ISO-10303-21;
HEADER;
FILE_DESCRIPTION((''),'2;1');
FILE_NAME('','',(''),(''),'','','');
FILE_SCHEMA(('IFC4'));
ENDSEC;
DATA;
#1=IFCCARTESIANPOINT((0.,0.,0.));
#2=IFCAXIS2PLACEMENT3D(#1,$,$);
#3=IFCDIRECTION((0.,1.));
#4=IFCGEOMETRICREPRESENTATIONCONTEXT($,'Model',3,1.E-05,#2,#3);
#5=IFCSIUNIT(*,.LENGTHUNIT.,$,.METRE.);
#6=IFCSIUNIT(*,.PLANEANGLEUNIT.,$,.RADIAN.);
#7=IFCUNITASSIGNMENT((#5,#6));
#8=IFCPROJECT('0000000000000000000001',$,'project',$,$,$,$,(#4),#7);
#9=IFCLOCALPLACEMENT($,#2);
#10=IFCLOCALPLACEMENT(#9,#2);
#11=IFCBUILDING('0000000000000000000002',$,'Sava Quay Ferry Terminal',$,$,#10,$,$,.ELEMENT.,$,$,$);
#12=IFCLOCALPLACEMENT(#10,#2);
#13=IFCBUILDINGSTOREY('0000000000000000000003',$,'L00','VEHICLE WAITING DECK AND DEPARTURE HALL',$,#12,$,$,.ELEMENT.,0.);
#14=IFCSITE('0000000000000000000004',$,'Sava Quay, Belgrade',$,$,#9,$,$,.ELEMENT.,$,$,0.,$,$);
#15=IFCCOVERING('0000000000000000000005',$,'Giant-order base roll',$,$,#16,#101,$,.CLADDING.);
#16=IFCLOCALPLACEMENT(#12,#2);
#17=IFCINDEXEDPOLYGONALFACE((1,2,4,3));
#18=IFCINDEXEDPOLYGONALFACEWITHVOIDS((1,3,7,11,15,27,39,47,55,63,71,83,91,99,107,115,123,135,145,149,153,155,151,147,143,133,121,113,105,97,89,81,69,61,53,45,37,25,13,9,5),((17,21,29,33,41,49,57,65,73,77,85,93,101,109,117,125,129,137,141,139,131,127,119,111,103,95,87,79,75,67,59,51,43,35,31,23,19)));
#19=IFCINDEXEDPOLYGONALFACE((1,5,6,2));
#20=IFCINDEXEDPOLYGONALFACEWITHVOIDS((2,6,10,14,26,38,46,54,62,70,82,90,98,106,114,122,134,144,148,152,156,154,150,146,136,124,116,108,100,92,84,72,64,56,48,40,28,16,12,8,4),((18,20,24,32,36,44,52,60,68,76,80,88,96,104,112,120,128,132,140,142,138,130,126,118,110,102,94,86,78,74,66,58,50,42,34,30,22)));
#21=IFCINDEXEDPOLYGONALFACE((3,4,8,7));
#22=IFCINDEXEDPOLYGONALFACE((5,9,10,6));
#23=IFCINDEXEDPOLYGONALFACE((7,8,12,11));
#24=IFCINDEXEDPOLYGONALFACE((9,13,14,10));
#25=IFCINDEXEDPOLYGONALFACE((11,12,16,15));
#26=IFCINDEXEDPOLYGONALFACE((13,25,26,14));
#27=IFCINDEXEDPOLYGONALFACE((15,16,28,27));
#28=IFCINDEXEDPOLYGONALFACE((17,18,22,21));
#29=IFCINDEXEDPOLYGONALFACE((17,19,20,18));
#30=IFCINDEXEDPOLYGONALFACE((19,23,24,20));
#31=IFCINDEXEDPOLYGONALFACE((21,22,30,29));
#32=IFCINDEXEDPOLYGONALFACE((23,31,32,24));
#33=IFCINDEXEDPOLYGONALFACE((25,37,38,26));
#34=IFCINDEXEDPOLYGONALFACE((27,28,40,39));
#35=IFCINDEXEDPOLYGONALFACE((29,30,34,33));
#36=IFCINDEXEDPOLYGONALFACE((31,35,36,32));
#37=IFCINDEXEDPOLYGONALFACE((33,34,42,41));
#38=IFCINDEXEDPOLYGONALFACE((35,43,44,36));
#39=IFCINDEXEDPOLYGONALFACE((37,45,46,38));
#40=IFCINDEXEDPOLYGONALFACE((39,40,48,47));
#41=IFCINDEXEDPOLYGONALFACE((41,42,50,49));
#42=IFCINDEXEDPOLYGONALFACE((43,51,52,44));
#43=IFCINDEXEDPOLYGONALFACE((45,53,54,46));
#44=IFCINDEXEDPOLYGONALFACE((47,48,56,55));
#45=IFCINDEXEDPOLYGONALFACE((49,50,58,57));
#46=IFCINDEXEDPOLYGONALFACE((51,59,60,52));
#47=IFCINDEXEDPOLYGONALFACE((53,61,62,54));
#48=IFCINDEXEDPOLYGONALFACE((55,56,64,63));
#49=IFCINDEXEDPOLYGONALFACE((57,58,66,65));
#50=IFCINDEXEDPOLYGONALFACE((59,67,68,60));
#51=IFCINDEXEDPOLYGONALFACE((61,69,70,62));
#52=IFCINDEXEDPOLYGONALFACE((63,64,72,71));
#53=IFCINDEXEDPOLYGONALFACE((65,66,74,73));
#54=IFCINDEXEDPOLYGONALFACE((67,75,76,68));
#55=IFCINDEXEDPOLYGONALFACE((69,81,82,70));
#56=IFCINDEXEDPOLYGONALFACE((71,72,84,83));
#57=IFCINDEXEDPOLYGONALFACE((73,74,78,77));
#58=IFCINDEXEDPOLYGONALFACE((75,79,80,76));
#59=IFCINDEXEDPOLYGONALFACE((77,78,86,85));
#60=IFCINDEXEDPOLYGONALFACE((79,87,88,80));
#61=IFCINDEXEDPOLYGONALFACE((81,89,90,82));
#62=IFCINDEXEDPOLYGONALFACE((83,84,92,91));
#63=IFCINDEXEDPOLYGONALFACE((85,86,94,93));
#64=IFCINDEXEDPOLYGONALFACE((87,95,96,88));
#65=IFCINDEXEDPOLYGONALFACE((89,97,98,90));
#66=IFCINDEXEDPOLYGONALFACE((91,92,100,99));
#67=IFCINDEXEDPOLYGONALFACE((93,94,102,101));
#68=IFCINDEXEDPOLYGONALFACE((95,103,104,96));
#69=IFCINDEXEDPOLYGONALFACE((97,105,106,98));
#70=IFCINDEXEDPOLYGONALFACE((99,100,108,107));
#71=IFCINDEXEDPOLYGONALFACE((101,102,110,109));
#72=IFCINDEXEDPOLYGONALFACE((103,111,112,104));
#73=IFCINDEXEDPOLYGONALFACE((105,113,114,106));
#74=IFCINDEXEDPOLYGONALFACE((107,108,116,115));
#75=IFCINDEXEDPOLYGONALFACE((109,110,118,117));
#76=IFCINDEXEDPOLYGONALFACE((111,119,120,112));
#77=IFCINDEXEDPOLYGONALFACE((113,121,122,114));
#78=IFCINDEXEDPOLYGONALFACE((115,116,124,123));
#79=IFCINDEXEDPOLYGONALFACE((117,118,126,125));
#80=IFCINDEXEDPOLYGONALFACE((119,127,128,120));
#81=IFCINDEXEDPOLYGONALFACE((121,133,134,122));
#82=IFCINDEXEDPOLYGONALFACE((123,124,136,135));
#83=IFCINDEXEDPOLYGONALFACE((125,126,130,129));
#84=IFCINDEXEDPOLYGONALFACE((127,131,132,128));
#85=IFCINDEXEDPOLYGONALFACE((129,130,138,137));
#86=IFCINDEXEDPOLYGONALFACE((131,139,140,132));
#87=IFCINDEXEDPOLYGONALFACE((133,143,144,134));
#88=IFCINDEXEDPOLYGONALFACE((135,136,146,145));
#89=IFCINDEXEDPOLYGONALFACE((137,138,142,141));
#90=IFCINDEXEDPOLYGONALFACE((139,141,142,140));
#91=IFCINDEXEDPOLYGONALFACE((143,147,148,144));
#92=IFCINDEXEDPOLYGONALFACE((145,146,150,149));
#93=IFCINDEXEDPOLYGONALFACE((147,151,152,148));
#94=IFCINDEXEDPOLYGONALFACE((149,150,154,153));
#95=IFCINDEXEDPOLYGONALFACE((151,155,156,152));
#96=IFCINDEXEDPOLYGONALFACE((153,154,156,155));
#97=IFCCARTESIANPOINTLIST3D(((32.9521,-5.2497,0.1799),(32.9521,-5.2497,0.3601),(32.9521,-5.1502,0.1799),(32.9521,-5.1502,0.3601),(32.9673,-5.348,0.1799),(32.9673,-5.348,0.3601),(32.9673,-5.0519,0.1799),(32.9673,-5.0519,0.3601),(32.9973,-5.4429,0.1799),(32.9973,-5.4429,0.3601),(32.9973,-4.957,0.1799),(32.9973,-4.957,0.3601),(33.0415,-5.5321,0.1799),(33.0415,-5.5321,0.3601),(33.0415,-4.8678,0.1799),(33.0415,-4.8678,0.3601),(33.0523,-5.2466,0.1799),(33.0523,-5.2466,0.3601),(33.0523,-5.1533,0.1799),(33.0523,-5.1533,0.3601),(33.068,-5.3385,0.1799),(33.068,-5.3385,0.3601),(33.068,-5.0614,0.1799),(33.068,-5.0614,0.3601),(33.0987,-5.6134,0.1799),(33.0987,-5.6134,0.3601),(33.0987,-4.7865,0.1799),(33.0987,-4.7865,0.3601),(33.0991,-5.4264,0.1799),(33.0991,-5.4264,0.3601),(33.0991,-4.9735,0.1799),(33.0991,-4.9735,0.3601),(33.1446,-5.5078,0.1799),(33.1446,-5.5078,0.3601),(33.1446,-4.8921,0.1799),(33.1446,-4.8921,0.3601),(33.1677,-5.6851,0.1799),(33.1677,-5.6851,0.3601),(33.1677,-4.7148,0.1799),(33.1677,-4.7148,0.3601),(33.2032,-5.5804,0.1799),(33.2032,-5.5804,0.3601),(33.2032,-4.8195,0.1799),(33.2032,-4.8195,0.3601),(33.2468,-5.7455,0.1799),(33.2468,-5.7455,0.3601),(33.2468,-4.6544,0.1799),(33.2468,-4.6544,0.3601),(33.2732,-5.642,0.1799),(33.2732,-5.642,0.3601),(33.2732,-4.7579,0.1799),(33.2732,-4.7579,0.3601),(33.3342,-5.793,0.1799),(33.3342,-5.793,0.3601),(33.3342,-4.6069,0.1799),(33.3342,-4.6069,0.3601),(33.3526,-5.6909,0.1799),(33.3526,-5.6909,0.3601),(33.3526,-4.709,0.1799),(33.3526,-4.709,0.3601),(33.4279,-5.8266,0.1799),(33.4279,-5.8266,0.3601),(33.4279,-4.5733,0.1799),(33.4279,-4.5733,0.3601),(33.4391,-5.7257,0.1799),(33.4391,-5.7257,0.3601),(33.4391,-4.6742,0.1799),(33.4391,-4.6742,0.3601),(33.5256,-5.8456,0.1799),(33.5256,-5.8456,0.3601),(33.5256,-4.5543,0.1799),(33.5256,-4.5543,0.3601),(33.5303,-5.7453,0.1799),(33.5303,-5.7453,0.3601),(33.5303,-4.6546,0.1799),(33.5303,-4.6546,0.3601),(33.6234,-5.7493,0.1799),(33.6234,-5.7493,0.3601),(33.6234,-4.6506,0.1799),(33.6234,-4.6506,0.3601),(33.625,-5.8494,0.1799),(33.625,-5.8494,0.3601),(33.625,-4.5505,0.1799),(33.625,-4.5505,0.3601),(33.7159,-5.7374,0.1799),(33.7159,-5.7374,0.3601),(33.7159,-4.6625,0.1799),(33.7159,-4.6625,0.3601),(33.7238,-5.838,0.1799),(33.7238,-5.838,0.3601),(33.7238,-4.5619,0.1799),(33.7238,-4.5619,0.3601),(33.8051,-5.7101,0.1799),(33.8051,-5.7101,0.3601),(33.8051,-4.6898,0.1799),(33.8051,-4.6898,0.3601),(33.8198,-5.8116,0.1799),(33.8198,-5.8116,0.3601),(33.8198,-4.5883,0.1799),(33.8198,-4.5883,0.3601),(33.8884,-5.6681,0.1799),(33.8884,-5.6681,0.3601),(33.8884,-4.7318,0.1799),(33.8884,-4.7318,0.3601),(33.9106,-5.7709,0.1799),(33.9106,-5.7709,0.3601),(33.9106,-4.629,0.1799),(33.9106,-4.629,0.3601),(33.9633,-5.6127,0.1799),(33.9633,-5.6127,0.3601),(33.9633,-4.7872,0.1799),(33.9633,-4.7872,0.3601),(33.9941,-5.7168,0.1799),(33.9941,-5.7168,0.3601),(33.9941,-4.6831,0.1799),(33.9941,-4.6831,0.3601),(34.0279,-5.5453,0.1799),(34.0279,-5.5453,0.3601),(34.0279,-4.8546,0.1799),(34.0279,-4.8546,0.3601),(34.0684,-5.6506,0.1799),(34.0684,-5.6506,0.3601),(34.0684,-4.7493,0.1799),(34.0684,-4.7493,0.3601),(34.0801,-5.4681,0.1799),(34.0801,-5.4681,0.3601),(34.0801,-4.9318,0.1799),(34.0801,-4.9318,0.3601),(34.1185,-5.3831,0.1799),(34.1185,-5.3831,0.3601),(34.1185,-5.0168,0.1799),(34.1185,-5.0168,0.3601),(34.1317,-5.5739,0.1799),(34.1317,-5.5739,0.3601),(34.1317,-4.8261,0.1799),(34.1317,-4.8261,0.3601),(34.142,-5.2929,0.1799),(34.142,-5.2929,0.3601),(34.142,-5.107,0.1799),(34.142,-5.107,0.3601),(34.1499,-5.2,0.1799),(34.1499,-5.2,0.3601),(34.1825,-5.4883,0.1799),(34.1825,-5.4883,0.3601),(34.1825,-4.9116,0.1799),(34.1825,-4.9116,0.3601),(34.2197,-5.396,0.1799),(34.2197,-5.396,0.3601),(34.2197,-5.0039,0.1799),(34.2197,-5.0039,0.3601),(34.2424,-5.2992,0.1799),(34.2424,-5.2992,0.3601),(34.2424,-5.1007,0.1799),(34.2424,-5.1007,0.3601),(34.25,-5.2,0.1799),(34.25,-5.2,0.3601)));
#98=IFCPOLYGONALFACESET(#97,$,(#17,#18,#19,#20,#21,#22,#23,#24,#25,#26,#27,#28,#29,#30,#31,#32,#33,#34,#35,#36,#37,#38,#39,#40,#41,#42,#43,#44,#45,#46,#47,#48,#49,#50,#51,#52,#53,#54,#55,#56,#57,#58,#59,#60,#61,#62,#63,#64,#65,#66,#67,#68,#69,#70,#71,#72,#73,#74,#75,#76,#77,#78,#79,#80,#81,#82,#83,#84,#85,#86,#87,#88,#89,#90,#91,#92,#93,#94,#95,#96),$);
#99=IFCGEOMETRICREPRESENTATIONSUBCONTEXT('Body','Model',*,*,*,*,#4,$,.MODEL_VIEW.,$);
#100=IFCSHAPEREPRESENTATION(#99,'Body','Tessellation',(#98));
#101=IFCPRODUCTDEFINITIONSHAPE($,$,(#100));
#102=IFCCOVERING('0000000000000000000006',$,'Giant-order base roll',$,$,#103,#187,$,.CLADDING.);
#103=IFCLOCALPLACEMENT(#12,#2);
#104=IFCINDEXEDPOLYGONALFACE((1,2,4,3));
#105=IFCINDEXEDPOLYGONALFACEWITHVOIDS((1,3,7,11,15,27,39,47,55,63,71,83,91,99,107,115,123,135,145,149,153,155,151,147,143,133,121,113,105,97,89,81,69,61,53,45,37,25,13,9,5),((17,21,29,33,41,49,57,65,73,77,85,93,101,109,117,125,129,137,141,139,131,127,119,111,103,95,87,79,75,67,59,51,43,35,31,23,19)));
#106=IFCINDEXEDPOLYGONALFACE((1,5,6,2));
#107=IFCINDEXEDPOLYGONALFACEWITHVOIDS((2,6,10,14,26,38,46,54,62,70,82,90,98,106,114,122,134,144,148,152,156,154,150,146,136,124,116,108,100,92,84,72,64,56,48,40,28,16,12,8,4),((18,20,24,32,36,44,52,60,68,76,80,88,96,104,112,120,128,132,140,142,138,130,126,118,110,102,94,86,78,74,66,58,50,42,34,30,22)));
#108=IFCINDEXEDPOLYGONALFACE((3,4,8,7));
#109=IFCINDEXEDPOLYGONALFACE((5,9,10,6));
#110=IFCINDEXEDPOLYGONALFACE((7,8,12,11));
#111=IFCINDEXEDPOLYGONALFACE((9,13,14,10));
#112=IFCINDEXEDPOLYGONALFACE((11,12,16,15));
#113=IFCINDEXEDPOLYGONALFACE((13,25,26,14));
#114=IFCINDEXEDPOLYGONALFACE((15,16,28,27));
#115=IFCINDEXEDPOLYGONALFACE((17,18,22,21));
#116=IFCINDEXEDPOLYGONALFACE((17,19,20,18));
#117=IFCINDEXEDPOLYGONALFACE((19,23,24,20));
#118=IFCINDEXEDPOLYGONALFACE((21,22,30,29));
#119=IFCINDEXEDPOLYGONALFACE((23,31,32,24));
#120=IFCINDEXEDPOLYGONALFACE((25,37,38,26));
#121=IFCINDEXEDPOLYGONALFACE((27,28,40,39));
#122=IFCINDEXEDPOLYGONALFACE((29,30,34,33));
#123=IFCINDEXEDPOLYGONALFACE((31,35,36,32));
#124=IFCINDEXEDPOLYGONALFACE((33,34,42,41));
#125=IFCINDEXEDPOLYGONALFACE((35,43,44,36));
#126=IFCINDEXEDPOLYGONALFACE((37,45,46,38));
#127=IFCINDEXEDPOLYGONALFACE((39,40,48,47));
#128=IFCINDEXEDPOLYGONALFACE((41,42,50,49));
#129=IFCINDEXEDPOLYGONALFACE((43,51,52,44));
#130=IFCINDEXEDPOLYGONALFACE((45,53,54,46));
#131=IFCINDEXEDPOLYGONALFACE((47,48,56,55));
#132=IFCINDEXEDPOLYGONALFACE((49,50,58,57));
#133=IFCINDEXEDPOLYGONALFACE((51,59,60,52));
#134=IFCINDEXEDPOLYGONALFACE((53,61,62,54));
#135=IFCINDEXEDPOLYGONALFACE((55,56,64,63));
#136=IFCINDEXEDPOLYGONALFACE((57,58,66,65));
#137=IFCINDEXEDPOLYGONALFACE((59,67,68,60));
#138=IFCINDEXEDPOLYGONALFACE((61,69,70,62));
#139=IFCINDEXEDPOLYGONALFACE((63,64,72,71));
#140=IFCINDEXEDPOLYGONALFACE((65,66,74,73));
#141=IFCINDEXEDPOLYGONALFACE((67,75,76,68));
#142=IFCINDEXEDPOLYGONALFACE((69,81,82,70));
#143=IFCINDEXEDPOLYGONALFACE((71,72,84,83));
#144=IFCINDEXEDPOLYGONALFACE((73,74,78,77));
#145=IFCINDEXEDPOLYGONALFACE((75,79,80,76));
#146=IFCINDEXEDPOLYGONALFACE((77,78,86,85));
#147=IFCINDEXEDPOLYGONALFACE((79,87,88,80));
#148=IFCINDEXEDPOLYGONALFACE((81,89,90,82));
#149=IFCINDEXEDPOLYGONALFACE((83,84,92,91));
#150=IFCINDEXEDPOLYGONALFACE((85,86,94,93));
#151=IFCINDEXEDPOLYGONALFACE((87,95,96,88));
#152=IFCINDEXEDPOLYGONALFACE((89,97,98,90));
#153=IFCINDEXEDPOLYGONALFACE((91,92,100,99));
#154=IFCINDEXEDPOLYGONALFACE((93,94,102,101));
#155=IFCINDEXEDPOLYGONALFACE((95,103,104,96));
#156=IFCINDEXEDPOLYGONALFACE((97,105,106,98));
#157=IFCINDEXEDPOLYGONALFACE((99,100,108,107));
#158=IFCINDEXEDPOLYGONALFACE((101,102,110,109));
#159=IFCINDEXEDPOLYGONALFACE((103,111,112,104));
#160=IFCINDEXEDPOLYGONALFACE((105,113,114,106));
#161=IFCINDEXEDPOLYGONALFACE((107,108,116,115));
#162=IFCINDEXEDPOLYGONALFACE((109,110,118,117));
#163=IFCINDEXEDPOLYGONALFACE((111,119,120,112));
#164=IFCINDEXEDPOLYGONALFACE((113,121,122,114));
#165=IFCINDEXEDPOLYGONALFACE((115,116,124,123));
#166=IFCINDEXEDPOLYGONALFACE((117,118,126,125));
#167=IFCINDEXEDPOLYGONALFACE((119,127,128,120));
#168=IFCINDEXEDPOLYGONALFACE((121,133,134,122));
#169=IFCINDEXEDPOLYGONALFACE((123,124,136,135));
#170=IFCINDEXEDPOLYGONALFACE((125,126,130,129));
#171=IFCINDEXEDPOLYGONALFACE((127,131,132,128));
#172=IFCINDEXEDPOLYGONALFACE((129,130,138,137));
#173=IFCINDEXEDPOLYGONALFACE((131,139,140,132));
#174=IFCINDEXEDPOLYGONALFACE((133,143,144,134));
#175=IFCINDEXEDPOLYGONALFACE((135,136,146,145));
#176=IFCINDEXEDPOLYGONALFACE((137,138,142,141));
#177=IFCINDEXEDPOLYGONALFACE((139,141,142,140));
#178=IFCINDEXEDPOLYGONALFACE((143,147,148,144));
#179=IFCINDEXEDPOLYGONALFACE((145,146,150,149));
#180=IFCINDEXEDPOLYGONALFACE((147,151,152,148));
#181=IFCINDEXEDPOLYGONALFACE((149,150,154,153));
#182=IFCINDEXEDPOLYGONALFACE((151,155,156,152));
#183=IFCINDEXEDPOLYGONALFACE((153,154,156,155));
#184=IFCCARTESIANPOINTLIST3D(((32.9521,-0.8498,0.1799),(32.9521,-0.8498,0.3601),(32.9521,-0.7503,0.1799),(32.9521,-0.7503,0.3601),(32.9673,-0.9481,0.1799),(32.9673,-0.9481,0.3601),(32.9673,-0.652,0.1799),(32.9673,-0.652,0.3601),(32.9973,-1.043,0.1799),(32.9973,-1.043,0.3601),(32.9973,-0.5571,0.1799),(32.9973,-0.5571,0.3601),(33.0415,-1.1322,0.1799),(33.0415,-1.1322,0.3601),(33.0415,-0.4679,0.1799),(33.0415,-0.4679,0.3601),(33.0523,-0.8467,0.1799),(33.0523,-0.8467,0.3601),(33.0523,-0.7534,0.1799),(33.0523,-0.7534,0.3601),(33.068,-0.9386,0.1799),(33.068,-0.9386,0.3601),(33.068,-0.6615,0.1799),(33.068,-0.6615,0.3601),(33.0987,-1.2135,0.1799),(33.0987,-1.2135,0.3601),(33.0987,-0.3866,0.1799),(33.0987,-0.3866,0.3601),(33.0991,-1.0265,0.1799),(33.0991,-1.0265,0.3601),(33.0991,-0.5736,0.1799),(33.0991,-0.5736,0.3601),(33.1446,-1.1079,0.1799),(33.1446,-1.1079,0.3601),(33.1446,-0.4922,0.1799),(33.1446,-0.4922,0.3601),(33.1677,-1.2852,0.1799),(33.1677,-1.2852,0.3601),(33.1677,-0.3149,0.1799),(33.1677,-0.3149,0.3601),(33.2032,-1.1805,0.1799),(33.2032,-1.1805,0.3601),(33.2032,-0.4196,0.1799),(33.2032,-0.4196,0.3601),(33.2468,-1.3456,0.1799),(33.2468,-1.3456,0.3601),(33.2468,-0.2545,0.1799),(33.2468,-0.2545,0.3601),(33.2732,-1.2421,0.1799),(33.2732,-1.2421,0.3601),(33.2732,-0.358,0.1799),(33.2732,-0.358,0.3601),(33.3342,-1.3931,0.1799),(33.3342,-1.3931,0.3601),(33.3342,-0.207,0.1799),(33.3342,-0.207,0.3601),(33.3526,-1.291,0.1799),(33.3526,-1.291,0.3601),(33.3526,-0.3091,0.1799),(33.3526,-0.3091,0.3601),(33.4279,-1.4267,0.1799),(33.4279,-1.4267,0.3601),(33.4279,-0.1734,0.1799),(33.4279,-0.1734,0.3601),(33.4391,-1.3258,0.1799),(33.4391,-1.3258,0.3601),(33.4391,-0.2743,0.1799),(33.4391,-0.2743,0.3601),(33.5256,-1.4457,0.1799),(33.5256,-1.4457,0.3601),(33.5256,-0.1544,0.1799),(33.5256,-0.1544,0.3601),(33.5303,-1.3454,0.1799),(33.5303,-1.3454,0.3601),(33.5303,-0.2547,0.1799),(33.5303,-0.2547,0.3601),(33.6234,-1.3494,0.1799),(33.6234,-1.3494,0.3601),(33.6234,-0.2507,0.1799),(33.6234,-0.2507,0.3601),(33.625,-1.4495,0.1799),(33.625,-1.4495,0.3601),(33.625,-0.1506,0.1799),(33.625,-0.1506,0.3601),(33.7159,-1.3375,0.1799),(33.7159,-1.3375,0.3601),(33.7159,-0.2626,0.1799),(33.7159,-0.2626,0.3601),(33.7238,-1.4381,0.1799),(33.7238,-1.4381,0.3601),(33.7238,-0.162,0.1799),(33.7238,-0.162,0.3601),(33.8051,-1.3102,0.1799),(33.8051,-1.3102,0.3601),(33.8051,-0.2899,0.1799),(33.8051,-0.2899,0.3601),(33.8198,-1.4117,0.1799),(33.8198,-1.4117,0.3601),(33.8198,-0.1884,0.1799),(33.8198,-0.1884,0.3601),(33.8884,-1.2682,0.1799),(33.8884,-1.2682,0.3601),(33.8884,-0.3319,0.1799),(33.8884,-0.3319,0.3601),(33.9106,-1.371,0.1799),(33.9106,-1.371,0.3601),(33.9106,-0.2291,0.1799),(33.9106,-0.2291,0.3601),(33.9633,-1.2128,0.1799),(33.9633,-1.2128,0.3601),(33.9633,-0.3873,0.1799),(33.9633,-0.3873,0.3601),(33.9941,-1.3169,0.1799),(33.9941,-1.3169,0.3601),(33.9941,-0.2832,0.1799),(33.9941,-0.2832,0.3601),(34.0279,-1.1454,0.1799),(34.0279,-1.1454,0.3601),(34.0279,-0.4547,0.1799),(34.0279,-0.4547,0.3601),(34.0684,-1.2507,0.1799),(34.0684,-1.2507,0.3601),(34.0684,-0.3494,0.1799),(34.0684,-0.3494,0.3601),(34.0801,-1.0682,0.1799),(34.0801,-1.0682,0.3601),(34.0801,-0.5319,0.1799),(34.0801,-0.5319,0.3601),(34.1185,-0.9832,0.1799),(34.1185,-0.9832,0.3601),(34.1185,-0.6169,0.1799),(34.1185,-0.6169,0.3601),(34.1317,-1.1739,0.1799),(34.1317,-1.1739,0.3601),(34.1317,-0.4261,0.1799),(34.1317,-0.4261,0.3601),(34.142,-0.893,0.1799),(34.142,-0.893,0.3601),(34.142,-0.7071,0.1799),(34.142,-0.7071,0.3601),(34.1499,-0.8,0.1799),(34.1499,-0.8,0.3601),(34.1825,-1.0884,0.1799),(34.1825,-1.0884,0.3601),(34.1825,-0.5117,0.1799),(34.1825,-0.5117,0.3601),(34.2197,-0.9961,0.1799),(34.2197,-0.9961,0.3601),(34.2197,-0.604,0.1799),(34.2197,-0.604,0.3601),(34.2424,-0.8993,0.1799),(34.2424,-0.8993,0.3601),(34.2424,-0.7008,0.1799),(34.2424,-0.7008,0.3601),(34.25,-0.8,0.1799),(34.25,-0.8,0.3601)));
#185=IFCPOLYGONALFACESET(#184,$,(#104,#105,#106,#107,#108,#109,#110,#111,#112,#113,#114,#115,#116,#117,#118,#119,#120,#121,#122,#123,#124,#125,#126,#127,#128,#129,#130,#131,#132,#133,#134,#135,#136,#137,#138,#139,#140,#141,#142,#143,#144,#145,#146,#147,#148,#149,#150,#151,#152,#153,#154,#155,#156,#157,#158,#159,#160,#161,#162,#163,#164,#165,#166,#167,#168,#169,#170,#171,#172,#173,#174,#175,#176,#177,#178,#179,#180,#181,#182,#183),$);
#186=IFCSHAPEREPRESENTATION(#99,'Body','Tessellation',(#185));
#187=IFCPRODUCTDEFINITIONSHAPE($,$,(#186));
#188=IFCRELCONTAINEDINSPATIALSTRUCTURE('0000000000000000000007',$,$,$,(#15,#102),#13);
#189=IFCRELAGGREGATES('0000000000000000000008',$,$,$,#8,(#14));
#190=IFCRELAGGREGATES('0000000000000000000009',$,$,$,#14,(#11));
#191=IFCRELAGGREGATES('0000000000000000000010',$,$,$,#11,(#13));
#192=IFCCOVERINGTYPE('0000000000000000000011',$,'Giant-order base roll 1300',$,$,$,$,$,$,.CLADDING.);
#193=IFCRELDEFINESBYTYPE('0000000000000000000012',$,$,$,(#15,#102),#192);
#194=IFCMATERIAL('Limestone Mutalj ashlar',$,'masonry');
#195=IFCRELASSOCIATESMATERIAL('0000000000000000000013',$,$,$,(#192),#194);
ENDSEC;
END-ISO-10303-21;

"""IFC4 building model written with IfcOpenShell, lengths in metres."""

from ifc_helpers import new_model, si_unit, direction, frame, origin, origin_2d, place, context, subcontext, project, spatial, hollow_circle, extrude, material, material_profile, profile_set, type_object, element, save


model = new_model("IFC4")

# Units and contexts
model_context = context("Model", 3, precision=1e-05, world=origin(), true_north=direction((0.0, 1.0)))
body_context = subcontext(model_context, "Body", "Model", "MODEL_VIEW")
ifc_project = project(units=[si_unit("LENGTHUNIT", "METRE"), si_unit("PLANEANGLEUNIT", "RADIAN")], contexts=[model_context])

# Site, building, storey
site_placement = place(None, origin())
site = spatial("IfcSite", under=ifc_project, at=site_placement, Name="Sava Quay, Belgrade", CompositionType="ELEMENT", RefElevation=0.0)
building_placement = place(site_placement, origin())
building = spatial("IfcBuilding", under=site, at=building_placement, Name="Sava Quay Ferry Terminal", CompositionType="ELEMENT")
storey_placement = place(building_placement, origin())
storey = spatial("IfcBuildingStorey", under=building, at=storey_placement, Name="L00", Description="VEHICLE WAITING DECK AND DEPARTURE HALL", CompositionType="ELEMENT", Elevation=0.0)

# Coverings
ifc_material_1 = material(Name="Limestone Mutalj ashlar", Category="masonry")
ifc_material_profile_1 = material_profile(ifc_material_1, hollow_circle(Radius=0.6499, WallThickness=0.1001, at=origin_2d()), Name="Base roll 1300")
ifc_profile_set_1 = profile_set([ifc_material_profile_1], Name="Limestone Mutalj ashlar")
covering_type_1 = type_object("IfcCoveringType", Name="Giant-order base roll 1300", PredefinedType="CLADDING", material=ifc_profile_set_1)
for number, where, z_axis, x_axis, name in (
    (1, (33.6001, -5.2, 0.1799), (0.0, 0.0, 1.0), (1.0, 0.0, 0.0), "Giant-order base roll"),
    (2, (33.6001, -0.8, 0.1799), (0.0, 0.0, 1.0), (1.0, 0.0, 0.0), "Giant-order base roll"),
):
    element("IfcCovering", number, at=place(storey_placement, frame(where, z_axis=z_axis, x_axis=x_axis)), inside=storey, type_object=covering_type_1, Name=name, PredefinedType="CLADDING", context=body_context, shape_type="SweptSolid", body=[
        extrude(hollow_circle(Radius=0.6499, WallThickness=0.1001, at=origin_2d()), origin(), (0.0, 0.0, 1.0), 0.1802),
    ])

save(model, "model.ifc")
